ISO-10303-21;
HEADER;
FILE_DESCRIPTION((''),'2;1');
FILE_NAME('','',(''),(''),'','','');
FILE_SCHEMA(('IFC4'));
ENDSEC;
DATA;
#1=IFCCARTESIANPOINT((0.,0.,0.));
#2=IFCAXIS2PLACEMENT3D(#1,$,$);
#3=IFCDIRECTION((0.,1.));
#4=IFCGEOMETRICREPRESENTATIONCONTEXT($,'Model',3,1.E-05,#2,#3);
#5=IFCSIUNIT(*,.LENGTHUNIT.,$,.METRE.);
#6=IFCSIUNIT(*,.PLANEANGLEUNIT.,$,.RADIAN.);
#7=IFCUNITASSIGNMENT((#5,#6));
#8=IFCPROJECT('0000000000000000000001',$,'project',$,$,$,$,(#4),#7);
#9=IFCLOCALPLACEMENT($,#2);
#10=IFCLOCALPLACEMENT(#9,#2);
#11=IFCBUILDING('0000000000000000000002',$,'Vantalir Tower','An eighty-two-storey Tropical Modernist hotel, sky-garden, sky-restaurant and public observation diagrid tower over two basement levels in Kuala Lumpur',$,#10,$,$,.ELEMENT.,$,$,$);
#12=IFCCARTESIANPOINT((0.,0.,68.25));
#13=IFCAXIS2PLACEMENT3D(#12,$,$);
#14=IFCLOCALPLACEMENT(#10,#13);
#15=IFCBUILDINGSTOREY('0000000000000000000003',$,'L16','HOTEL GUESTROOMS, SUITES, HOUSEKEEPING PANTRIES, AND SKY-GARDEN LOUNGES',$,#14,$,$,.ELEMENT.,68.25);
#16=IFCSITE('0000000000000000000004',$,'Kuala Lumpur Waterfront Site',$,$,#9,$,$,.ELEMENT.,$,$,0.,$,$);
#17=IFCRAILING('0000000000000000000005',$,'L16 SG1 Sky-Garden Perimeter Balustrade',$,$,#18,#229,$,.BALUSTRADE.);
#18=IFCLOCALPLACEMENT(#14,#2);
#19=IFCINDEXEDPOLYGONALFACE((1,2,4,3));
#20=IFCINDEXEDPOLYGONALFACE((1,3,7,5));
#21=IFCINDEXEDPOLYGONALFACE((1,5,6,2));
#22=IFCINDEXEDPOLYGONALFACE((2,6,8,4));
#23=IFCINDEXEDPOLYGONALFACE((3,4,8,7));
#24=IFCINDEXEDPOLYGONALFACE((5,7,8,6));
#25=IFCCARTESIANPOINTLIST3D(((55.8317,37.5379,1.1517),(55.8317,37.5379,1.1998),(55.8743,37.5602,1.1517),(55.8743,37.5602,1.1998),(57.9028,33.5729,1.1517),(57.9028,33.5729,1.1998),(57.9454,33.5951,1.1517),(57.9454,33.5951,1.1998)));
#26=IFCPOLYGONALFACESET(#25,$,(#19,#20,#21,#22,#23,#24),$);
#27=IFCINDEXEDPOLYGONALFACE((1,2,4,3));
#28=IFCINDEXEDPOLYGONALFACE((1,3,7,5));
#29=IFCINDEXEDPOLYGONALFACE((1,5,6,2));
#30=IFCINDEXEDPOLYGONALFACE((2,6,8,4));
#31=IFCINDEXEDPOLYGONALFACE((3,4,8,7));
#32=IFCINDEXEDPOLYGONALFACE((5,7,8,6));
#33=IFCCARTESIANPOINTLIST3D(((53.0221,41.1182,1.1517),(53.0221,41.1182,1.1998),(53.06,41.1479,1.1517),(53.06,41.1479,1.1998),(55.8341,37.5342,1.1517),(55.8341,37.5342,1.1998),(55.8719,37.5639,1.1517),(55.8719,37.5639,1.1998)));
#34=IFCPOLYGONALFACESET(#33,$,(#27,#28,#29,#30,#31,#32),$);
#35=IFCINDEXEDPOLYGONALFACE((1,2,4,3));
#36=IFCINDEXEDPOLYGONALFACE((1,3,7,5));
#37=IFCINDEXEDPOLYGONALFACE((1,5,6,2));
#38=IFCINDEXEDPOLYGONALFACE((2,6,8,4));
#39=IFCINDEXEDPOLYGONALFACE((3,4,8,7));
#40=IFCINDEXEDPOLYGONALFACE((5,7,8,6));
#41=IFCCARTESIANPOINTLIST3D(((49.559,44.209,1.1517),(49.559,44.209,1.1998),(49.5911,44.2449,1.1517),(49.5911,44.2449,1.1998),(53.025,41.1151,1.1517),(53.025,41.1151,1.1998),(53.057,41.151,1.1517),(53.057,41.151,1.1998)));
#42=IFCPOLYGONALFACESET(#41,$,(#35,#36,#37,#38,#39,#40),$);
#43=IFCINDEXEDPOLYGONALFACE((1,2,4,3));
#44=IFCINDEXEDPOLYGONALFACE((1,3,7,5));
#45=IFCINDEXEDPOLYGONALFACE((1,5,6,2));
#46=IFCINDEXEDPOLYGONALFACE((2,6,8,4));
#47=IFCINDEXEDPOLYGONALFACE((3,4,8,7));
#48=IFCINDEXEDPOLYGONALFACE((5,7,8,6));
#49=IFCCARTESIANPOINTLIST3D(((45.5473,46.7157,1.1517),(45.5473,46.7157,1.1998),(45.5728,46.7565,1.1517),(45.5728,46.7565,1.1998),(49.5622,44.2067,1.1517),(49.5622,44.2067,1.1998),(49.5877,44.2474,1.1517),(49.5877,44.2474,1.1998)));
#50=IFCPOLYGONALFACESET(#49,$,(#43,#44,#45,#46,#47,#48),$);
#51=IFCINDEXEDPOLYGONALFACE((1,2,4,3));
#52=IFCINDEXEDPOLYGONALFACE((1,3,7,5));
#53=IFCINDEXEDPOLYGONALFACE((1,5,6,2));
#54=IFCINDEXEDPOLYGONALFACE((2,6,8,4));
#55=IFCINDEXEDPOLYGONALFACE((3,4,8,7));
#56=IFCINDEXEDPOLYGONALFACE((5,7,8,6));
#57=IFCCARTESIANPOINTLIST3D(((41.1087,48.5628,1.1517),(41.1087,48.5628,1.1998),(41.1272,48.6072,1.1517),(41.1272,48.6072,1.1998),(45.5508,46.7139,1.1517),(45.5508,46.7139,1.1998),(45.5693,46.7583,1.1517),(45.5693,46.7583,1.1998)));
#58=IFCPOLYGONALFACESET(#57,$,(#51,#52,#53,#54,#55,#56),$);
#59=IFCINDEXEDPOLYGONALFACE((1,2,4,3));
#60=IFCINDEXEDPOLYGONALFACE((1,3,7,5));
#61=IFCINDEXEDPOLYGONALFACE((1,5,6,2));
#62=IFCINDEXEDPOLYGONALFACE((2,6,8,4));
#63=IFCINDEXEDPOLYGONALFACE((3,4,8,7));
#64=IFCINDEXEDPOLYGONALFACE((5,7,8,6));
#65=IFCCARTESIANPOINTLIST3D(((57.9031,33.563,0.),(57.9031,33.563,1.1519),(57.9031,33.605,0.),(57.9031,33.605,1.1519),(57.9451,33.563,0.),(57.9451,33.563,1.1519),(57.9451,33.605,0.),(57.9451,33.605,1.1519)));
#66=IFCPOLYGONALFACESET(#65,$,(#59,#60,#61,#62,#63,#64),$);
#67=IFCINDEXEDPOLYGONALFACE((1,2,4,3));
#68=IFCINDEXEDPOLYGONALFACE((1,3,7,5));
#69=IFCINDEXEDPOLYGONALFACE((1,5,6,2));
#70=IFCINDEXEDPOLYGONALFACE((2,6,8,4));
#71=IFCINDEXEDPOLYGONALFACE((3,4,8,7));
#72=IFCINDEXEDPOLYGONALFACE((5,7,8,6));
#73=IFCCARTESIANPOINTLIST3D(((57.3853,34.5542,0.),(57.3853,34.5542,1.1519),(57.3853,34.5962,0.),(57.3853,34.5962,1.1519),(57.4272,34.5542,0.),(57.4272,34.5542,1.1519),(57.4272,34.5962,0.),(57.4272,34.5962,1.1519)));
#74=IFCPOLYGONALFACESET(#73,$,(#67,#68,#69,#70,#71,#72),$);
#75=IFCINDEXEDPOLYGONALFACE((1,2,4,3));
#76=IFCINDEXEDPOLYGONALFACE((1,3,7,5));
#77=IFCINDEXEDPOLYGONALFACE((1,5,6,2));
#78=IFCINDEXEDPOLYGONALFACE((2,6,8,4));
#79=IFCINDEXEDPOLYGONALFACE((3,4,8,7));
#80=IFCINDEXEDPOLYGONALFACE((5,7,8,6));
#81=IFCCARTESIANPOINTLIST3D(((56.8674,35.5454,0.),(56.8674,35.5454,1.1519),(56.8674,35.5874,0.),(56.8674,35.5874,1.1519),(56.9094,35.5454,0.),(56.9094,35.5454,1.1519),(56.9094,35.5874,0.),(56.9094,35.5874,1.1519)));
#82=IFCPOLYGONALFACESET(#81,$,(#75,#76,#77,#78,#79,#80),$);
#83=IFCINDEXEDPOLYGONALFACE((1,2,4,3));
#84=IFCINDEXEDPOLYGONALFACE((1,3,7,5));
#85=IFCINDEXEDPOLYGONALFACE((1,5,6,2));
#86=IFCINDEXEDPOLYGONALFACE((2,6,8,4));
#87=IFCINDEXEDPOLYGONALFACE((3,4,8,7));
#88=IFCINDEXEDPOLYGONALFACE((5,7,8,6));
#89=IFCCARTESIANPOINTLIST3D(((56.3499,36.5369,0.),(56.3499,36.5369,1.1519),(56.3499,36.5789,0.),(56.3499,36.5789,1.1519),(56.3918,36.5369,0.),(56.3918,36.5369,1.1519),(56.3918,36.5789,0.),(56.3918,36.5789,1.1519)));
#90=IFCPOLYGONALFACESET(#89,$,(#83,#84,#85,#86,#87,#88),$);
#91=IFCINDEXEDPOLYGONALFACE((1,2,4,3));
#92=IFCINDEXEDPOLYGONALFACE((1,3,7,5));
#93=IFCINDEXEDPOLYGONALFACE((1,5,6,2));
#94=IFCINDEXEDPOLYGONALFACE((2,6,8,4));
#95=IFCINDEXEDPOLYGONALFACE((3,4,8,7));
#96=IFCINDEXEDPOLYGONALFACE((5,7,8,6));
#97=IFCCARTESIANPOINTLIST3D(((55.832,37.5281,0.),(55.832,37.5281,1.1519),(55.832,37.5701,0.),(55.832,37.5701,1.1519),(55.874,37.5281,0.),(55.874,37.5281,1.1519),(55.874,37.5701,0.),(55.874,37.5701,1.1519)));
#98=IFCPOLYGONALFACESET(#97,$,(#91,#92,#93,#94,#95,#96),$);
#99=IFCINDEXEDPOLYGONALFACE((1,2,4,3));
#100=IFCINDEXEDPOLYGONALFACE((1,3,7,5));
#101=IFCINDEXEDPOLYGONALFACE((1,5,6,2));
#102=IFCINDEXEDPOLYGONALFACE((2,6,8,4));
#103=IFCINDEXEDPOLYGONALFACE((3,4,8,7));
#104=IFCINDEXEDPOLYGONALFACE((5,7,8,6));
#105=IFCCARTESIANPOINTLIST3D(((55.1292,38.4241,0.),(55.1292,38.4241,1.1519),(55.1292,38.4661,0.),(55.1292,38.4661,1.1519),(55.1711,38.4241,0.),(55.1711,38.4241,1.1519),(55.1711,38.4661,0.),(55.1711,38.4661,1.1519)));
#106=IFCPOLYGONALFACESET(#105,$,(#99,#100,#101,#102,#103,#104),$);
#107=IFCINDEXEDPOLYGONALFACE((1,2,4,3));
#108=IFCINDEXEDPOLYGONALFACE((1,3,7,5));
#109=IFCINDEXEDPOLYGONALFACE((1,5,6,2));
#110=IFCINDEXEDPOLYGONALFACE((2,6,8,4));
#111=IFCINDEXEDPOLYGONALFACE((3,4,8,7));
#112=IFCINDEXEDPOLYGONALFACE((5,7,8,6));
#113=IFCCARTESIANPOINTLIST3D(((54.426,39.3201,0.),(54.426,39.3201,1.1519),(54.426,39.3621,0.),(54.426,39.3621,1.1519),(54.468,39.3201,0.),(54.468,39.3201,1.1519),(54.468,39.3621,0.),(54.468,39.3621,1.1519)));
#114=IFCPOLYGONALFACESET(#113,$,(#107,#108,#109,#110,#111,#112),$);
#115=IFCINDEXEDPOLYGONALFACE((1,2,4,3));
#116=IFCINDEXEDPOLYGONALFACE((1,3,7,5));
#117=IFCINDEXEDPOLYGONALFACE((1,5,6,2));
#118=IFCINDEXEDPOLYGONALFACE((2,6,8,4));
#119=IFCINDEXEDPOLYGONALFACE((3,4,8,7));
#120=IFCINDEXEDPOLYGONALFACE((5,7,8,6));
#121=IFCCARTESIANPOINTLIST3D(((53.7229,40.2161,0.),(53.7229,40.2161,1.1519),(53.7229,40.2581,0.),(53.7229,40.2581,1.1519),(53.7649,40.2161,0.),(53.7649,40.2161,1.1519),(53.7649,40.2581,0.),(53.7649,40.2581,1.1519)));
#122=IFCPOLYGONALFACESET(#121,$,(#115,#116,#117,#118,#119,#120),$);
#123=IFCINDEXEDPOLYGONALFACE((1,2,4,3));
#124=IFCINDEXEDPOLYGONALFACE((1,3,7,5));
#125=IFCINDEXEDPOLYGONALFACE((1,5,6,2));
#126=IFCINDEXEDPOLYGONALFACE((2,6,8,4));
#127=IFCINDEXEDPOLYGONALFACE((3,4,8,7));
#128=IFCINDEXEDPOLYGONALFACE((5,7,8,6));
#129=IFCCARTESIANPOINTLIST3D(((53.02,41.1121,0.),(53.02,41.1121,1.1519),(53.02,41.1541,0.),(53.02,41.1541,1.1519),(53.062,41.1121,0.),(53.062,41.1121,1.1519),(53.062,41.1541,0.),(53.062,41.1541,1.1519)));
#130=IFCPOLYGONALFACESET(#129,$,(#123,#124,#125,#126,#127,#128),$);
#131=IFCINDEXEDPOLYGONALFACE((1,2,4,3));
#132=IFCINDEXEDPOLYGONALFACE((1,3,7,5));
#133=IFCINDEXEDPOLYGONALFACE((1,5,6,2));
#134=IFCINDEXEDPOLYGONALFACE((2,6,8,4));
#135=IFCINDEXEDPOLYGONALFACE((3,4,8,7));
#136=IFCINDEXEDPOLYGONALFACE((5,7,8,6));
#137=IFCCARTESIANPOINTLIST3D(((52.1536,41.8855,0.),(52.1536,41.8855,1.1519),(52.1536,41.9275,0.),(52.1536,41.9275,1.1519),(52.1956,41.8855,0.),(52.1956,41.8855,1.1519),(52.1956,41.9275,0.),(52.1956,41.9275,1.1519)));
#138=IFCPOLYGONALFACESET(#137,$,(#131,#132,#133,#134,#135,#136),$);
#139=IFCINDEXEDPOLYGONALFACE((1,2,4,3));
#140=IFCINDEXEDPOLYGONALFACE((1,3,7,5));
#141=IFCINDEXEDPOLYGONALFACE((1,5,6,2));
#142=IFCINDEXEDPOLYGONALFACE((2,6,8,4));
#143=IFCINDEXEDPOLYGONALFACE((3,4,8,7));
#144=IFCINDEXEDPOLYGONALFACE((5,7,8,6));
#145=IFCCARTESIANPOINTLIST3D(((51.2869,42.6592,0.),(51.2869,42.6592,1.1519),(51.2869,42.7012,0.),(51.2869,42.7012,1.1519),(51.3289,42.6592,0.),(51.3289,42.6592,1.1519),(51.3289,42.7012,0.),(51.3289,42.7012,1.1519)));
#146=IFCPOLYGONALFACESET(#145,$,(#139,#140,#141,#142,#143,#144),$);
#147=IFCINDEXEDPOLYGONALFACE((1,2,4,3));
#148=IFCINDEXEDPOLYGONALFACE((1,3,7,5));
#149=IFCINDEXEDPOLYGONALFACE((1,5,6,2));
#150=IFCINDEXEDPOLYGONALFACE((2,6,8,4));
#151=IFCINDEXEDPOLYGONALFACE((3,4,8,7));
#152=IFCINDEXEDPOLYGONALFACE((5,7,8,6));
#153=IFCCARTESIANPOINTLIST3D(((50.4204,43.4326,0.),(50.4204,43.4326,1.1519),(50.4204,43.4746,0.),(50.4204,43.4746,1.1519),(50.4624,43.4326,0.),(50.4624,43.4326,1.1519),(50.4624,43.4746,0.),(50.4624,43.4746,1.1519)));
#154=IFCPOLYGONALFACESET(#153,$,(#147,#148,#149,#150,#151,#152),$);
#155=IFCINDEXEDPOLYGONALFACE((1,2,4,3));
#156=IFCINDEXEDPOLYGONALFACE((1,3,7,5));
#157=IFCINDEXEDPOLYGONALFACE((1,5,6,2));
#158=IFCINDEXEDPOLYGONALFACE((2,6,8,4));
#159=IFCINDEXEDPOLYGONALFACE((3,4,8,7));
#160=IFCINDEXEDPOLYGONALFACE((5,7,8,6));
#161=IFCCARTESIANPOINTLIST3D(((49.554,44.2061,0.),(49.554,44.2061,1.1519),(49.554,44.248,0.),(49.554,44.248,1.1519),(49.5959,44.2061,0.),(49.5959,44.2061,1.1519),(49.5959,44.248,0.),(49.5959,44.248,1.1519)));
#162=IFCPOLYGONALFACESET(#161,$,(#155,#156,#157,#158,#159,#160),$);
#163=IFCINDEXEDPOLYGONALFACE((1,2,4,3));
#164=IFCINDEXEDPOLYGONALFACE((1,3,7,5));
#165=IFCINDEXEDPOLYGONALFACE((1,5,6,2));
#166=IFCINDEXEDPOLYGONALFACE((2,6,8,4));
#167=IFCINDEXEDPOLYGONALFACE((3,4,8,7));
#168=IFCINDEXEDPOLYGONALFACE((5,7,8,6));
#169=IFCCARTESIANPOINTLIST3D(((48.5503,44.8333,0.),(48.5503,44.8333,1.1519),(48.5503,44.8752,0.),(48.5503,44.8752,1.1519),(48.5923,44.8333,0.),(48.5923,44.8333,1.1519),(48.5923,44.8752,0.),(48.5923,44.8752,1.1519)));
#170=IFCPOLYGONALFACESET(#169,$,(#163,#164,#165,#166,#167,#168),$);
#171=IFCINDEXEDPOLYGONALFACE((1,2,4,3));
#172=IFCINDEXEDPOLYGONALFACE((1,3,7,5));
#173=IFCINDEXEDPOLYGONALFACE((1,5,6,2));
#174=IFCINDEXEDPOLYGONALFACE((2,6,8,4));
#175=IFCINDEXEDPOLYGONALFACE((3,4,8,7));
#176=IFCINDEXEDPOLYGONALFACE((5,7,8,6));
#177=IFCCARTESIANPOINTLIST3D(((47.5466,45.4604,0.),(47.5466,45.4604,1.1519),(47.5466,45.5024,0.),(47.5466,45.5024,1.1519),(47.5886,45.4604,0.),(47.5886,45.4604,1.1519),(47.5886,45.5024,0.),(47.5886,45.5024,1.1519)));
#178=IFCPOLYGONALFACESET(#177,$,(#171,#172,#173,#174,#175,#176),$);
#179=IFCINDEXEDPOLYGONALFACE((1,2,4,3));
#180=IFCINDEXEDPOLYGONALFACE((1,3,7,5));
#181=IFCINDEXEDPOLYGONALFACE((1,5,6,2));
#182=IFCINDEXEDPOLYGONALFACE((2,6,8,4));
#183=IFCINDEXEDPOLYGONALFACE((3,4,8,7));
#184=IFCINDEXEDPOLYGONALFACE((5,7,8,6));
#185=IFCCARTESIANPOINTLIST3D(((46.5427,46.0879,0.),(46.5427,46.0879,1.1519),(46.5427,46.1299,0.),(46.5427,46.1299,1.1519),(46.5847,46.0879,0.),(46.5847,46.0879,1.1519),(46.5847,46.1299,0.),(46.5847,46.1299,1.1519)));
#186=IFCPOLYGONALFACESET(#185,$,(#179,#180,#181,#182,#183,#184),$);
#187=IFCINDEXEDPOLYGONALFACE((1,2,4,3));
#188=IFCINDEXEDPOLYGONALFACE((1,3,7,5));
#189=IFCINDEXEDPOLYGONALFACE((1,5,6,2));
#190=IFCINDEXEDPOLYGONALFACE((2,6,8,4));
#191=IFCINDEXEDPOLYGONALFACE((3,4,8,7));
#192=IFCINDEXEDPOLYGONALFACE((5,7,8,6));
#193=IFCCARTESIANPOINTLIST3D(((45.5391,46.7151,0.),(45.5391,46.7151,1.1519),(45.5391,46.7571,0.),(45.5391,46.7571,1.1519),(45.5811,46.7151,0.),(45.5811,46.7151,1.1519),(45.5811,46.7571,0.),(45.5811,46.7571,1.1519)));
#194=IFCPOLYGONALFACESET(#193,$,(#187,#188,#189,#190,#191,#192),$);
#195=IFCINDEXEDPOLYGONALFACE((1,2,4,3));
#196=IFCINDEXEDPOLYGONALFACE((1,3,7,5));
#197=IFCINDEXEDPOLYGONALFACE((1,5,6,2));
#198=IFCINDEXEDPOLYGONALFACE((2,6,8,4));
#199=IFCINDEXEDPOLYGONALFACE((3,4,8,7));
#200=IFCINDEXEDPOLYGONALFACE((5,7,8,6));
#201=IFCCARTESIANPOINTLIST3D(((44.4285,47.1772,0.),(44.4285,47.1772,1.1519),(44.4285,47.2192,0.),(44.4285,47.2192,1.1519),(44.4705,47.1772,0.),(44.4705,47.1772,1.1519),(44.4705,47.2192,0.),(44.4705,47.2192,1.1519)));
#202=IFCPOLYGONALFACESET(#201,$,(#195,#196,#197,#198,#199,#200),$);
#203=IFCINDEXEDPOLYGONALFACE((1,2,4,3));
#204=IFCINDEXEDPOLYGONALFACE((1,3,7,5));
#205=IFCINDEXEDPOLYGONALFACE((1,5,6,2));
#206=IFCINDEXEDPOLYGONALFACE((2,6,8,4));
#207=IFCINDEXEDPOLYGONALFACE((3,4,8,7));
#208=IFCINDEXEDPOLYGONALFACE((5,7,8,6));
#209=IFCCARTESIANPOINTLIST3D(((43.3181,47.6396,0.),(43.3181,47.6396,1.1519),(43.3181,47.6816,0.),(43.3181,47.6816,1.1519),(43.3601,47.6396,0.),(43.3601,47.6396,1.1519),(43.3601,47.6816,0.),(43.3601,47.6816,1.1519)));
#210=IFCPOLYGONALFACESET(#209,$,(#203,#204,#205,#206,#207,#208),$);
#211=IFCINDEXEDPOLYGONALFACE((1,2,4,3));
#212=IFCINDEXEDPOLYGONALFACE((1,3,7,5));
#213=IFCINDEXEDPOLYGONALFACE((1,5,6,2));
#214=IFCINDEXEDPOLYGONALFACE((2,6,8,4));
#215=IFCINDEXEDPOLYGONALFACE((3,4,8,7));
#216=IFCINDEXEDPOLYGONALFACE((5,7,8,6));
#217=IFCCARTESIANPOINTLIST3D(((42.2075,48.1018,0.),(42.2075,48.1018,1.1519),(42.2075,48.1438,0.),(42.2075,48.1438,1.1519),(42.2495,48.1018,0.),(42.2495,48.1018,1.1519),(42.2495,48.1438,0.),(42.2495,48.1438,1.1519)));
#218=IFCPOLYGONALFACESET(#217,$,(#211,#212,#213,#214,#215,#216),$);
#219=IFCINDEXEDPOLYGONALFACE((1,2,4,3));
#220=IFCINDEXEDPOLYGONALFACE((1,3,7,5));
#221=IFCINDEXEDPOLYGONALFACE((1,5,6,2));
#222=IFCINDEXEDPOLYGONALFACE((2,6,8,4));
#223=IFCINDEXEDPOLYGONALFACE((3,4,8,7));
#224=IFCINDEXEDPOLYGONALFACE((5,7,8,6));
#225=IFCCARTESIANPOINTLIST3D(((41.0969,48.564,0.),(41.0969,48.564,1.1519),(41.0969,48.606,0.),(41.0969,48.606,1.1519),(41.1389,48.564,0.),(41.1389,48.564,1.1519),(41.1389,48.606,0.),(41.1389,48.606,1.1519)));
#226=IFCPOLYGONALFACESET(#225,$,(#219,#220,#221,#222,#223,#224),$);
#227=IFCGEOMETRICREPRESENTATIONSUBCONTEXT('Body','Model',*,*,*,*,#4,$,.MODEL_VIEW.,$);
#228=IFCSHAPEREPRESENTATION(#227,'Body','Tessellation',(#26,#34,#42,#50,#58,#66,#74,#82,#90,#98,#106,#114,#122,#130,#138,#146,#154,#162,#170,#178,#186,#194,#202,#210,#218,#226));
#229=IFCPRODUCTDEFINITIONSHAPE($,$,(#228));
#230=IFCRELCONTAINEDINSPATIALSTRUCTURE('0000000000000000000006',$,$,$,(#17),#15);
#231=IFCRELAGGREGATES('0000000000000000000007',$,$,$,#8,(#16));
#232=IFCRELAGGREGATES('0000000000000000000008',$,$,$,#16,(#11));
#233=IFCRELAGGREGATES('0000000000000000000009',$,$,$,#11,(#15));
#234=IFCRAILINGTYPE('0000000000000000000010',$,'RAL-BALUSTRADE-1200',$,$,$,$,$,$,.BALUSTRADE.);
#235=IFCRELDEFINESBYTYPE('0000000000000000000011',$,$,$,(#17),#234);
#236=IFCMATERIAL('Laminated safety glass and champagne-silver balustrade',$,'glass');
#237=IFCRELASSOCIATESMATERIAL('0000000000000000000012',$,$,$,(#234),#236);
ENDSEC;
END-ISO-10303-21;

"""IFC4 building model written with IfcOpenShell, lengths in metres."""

from ifc_helpers import new_model, si_unit, direction, frame, origin, origin_2d, place, context, subcontext, project, spatial, rectangle, extrude, material, type_object, element, save


model = new_model("IFC4")

# Units and contexts
model_context = context("Model", 3, precision=1e-05, world=origin(), true_north=direction((0.0, 1.0)))
body_context = subcontext(model_context, "Body", "Model", "MODEL_VIEW")
ifc_project = project(units=[si_unit("LENGTHUNIT", "METRE"), si_unit("PLANEANGLEUNIT", "RADIAN")], contexts=[model_context])

# Site, building, storey
site_placement = place(None, origin())
site = spatial("IfcSite", under=ifc_project, at=site_placement, Name="Kuala Lumpur Waterfront Site", CompositionType="ELEMENT", RefElevation=0.0)
building_placement = place(site_placement, origin())
building = spatial("IfcBuilding", under=site, at=building_placement, Name="Vantalir Tower", Description="An eighty-two-storey Tropical Modernist hotel, sky-garden, sky-restaurant and public observation diagrid tower over two basement levels in Kuala Lumpur", CompositionType="ELEMENT")
storey_placement = place(building_placement, frame((0.0, 0.0, 68.25)))
storey = spatial("IfcBuildingStorey", under=building, at=storey_placement, Name="L16", Description="HOTEL GUESTROOMS, SUITES, HOUSEKEEPING PANTRIES, AND SKY-GARDEN LOUNGES", CompositionType="ELEMENT", Elevation=68.25)

# Railing
ifc_material_1 = material(Name="Laminated safety glass and champagne-silver balustrade", Category="glass")
railing_type = type_object("IfcRailingType", Name="RAL-BALUSTRADE-1200", PredefinedType="BALUSTRADE", material=ifc_material_1)
railing_placement = place(storey_placement, frame((57.9241, 33.584, 0.0)))
element("IfcRailing", 1, at=railing_placement, inside=storey, type_object=railing_type, Name="L16 SG1 Sky-Garden Perimeter Balustrade", PredefinedType="BALUSTRADE", context=body_context, shape_type="SweptSolid", body=[
    extrude(rectangle(XDim=0.0481, YDim=0.0481, at=origin_2d()), frame((0.0, 0.0, 1.1758), z_axis=(-0.462971, 0.886374, 0.0), x_axis=(-0.886374, -0.462971, 0.0)), (0.0, 0.0, 1.0), 4.4734),
    extrude(rectangle(XDim=0.0481, YDim=0.0481, at=origin_2d()), frame((-2.071, 3.9651, 1.1758), z_axis=(-0.617282, 0.786742, 0.0), x_axis=(-0.786742, -0.617282, 0.0)), (0.0, 0.0, 1.0), 4.5554),
    extrude(rectangle(XDim=0.0481, YDim=0.0481, at=origin_2d()), frame((-4.8831, 7.5491, 1.1758), z_axis=(-0.746013, 0.665931, 0.0), x_axis=(-0.665931, -0.746013, 0.0)), (0.0, 0.0, 1.0), 4.646),
    extrude(rectangle(XDim=0.0481, YDim=0.0481, at=origin_2d()), frame((-8.3491, 10.6431, 1.1758), z_axis=(-0.848024, 0.529957, 0.0), x_axis=(-0.529957, -0.848024, 0.0)), (0.0, 0.0, 1.0), 4.7344),
    extrude(rectangle(XDim=0.0481, YDim=0.0481, at=origin_2d()), frame((-12.364, 13.1521, 1.1758), z_axis=(-0.923225, 0.384259, 0.0), x_axis=(-0.384259, -0.923225, 0.0)), (0.0, 0.0, 1.0), 4.8115),
    extrude(rectangle(XDim=0.042, YDim=0.042, at=origin_2d()), origin(), (0.0, 0.0, 1.0), 1.1519),
    extrude(rectangle(XDim=0.042, YDim=0.042, at=origin_2d()), frame((-0.5178, 0.9912, 0.0)), (0.0, 0.0, 1.0), 1.1519),
    extrude(rectangle(XDim=0.042, YDim=0.042, at=origin_2d()), frame((-1.0356, 1.9824, 0.0)), (0.0, 0.0, 1.0), 1.1519),
    extrude(rectangle(XDim=0.042, YDim=0.042, at=origin_2d()), frame((-1.5532, 2.9739, 0.0)), (0.0, 0.0, 1.0), 1.1519),
    extrude(rectangle(XDim=0.042, YDim=0.042, at=origin_2d()), frame((-2.071, 3.9651, 0.0)), (0.0, 0.0, 1.0), 1.1519),
    extrude(rectangle(XDim=0.042, YDim=0.042, at=origin_2d()), frame((-2.7739, 4.8611, 0.0)), (0.0, 0.0, 1.0), 1.1519),
    extrude(rectangle(XDim=0.042, YDim=0.042, at=origin_2d()), frame((-3.4771, 5.7571, 0.0)), (0.0, 0.0, 1.0), 1.1519),
    extrude(rectangle(XDim=0.042, YDim=0.042, at=origin_2d()), frame((-4.1802, 6.6531, 0.0)), (0.0, 0.0, 1.0), 1.1519),
    extrude(rectangle(XDim=0.042, YDim=0.042, at=origin_2d()), frame((-4.8831, 7.5491, 0.0)), (0.0, 0.0, 1.0), 1.1519),
    extrude(rectangle(XDim=0.042, YDim=0.042, at=origin_2d()), frame((-5.7495, 8.3225, 0.0)), (0.0, 0.0, 1.0), 1.1519),
    extrude(rectangle(XDim=0.042, YDim=0.042, at=origin_2d()), frame((-6.6162, 9.0962, 0.0)), (0.0, 0.0, 1.0), 1.1519),
    extrude(rectangle(XDim=0.042, YDim=0.042, at=origin_2d()), frame((-7.4827, 9.8696, 0.0)), (0.0, 0.0, 1.0), 1.1519),
    extrude(rectangle(XDim=0.042, YDim=0.042, at=origin_2d()), frame((-8.3491, 10.6431, 0.0)), (0.0, 0.0, 1.0), 1.1519),
    extrude(rectangle(XDim=0.042, YDim=0.042, at=origin_2d()), frame((-9.3528, 11.2703, 0.0)), (0.0, 0.0, 1.0), 1.1519),
    extrude(rectangle(XDim=0.042, YDim=0.042, at=origin_2d()), frame((-10.3564, 11.8975, 0.0)), (0.0, 0.0, 1.0), 1.1519),
    extrude(rectangle(XDim=0.042, YDim=0.042, at=origin_2d()), frame((-11.3604, 12.5249, 0.0)), (0.0, 0.0, 1.0), 1.1519),
    extrude(rectangle(XDim=0.042, YDim=0.042, at=origin_2d()), frame((-12.364, 13.1521, 0.0)), (0.0, 0.0, 1.0), 1.1519),
    extrude(rectangle(XDim=0.042, YDim=0.042, at=origin_2d()), frame((-13.4746, 13.6143, 0.0)), (0.0, 0.0, 1.0), 1.1519),
    extrude(rectangle(XDim=0.042, YDim=0.042, at=origin_2d()), frame((-14.585, 14.0767, 0.0)), (0.0, 0.0, 1.0), 1.1519),
    extrude(rectangle(XDim=0.042, YDim=0.042, at=origin_2d()), frame((-15.6956, 14.5388, 0.0)), (0.0, 0.0, 1.0), 1.1519),
    extrude(rectangle(XDim=0.042, YDim=0.042, at=origin_2d()), frame((-16.8062, 15.001, 0.0)), (0.0, 0.0, 1.0), 1.1519),
])

save(model, "model.ifc")
